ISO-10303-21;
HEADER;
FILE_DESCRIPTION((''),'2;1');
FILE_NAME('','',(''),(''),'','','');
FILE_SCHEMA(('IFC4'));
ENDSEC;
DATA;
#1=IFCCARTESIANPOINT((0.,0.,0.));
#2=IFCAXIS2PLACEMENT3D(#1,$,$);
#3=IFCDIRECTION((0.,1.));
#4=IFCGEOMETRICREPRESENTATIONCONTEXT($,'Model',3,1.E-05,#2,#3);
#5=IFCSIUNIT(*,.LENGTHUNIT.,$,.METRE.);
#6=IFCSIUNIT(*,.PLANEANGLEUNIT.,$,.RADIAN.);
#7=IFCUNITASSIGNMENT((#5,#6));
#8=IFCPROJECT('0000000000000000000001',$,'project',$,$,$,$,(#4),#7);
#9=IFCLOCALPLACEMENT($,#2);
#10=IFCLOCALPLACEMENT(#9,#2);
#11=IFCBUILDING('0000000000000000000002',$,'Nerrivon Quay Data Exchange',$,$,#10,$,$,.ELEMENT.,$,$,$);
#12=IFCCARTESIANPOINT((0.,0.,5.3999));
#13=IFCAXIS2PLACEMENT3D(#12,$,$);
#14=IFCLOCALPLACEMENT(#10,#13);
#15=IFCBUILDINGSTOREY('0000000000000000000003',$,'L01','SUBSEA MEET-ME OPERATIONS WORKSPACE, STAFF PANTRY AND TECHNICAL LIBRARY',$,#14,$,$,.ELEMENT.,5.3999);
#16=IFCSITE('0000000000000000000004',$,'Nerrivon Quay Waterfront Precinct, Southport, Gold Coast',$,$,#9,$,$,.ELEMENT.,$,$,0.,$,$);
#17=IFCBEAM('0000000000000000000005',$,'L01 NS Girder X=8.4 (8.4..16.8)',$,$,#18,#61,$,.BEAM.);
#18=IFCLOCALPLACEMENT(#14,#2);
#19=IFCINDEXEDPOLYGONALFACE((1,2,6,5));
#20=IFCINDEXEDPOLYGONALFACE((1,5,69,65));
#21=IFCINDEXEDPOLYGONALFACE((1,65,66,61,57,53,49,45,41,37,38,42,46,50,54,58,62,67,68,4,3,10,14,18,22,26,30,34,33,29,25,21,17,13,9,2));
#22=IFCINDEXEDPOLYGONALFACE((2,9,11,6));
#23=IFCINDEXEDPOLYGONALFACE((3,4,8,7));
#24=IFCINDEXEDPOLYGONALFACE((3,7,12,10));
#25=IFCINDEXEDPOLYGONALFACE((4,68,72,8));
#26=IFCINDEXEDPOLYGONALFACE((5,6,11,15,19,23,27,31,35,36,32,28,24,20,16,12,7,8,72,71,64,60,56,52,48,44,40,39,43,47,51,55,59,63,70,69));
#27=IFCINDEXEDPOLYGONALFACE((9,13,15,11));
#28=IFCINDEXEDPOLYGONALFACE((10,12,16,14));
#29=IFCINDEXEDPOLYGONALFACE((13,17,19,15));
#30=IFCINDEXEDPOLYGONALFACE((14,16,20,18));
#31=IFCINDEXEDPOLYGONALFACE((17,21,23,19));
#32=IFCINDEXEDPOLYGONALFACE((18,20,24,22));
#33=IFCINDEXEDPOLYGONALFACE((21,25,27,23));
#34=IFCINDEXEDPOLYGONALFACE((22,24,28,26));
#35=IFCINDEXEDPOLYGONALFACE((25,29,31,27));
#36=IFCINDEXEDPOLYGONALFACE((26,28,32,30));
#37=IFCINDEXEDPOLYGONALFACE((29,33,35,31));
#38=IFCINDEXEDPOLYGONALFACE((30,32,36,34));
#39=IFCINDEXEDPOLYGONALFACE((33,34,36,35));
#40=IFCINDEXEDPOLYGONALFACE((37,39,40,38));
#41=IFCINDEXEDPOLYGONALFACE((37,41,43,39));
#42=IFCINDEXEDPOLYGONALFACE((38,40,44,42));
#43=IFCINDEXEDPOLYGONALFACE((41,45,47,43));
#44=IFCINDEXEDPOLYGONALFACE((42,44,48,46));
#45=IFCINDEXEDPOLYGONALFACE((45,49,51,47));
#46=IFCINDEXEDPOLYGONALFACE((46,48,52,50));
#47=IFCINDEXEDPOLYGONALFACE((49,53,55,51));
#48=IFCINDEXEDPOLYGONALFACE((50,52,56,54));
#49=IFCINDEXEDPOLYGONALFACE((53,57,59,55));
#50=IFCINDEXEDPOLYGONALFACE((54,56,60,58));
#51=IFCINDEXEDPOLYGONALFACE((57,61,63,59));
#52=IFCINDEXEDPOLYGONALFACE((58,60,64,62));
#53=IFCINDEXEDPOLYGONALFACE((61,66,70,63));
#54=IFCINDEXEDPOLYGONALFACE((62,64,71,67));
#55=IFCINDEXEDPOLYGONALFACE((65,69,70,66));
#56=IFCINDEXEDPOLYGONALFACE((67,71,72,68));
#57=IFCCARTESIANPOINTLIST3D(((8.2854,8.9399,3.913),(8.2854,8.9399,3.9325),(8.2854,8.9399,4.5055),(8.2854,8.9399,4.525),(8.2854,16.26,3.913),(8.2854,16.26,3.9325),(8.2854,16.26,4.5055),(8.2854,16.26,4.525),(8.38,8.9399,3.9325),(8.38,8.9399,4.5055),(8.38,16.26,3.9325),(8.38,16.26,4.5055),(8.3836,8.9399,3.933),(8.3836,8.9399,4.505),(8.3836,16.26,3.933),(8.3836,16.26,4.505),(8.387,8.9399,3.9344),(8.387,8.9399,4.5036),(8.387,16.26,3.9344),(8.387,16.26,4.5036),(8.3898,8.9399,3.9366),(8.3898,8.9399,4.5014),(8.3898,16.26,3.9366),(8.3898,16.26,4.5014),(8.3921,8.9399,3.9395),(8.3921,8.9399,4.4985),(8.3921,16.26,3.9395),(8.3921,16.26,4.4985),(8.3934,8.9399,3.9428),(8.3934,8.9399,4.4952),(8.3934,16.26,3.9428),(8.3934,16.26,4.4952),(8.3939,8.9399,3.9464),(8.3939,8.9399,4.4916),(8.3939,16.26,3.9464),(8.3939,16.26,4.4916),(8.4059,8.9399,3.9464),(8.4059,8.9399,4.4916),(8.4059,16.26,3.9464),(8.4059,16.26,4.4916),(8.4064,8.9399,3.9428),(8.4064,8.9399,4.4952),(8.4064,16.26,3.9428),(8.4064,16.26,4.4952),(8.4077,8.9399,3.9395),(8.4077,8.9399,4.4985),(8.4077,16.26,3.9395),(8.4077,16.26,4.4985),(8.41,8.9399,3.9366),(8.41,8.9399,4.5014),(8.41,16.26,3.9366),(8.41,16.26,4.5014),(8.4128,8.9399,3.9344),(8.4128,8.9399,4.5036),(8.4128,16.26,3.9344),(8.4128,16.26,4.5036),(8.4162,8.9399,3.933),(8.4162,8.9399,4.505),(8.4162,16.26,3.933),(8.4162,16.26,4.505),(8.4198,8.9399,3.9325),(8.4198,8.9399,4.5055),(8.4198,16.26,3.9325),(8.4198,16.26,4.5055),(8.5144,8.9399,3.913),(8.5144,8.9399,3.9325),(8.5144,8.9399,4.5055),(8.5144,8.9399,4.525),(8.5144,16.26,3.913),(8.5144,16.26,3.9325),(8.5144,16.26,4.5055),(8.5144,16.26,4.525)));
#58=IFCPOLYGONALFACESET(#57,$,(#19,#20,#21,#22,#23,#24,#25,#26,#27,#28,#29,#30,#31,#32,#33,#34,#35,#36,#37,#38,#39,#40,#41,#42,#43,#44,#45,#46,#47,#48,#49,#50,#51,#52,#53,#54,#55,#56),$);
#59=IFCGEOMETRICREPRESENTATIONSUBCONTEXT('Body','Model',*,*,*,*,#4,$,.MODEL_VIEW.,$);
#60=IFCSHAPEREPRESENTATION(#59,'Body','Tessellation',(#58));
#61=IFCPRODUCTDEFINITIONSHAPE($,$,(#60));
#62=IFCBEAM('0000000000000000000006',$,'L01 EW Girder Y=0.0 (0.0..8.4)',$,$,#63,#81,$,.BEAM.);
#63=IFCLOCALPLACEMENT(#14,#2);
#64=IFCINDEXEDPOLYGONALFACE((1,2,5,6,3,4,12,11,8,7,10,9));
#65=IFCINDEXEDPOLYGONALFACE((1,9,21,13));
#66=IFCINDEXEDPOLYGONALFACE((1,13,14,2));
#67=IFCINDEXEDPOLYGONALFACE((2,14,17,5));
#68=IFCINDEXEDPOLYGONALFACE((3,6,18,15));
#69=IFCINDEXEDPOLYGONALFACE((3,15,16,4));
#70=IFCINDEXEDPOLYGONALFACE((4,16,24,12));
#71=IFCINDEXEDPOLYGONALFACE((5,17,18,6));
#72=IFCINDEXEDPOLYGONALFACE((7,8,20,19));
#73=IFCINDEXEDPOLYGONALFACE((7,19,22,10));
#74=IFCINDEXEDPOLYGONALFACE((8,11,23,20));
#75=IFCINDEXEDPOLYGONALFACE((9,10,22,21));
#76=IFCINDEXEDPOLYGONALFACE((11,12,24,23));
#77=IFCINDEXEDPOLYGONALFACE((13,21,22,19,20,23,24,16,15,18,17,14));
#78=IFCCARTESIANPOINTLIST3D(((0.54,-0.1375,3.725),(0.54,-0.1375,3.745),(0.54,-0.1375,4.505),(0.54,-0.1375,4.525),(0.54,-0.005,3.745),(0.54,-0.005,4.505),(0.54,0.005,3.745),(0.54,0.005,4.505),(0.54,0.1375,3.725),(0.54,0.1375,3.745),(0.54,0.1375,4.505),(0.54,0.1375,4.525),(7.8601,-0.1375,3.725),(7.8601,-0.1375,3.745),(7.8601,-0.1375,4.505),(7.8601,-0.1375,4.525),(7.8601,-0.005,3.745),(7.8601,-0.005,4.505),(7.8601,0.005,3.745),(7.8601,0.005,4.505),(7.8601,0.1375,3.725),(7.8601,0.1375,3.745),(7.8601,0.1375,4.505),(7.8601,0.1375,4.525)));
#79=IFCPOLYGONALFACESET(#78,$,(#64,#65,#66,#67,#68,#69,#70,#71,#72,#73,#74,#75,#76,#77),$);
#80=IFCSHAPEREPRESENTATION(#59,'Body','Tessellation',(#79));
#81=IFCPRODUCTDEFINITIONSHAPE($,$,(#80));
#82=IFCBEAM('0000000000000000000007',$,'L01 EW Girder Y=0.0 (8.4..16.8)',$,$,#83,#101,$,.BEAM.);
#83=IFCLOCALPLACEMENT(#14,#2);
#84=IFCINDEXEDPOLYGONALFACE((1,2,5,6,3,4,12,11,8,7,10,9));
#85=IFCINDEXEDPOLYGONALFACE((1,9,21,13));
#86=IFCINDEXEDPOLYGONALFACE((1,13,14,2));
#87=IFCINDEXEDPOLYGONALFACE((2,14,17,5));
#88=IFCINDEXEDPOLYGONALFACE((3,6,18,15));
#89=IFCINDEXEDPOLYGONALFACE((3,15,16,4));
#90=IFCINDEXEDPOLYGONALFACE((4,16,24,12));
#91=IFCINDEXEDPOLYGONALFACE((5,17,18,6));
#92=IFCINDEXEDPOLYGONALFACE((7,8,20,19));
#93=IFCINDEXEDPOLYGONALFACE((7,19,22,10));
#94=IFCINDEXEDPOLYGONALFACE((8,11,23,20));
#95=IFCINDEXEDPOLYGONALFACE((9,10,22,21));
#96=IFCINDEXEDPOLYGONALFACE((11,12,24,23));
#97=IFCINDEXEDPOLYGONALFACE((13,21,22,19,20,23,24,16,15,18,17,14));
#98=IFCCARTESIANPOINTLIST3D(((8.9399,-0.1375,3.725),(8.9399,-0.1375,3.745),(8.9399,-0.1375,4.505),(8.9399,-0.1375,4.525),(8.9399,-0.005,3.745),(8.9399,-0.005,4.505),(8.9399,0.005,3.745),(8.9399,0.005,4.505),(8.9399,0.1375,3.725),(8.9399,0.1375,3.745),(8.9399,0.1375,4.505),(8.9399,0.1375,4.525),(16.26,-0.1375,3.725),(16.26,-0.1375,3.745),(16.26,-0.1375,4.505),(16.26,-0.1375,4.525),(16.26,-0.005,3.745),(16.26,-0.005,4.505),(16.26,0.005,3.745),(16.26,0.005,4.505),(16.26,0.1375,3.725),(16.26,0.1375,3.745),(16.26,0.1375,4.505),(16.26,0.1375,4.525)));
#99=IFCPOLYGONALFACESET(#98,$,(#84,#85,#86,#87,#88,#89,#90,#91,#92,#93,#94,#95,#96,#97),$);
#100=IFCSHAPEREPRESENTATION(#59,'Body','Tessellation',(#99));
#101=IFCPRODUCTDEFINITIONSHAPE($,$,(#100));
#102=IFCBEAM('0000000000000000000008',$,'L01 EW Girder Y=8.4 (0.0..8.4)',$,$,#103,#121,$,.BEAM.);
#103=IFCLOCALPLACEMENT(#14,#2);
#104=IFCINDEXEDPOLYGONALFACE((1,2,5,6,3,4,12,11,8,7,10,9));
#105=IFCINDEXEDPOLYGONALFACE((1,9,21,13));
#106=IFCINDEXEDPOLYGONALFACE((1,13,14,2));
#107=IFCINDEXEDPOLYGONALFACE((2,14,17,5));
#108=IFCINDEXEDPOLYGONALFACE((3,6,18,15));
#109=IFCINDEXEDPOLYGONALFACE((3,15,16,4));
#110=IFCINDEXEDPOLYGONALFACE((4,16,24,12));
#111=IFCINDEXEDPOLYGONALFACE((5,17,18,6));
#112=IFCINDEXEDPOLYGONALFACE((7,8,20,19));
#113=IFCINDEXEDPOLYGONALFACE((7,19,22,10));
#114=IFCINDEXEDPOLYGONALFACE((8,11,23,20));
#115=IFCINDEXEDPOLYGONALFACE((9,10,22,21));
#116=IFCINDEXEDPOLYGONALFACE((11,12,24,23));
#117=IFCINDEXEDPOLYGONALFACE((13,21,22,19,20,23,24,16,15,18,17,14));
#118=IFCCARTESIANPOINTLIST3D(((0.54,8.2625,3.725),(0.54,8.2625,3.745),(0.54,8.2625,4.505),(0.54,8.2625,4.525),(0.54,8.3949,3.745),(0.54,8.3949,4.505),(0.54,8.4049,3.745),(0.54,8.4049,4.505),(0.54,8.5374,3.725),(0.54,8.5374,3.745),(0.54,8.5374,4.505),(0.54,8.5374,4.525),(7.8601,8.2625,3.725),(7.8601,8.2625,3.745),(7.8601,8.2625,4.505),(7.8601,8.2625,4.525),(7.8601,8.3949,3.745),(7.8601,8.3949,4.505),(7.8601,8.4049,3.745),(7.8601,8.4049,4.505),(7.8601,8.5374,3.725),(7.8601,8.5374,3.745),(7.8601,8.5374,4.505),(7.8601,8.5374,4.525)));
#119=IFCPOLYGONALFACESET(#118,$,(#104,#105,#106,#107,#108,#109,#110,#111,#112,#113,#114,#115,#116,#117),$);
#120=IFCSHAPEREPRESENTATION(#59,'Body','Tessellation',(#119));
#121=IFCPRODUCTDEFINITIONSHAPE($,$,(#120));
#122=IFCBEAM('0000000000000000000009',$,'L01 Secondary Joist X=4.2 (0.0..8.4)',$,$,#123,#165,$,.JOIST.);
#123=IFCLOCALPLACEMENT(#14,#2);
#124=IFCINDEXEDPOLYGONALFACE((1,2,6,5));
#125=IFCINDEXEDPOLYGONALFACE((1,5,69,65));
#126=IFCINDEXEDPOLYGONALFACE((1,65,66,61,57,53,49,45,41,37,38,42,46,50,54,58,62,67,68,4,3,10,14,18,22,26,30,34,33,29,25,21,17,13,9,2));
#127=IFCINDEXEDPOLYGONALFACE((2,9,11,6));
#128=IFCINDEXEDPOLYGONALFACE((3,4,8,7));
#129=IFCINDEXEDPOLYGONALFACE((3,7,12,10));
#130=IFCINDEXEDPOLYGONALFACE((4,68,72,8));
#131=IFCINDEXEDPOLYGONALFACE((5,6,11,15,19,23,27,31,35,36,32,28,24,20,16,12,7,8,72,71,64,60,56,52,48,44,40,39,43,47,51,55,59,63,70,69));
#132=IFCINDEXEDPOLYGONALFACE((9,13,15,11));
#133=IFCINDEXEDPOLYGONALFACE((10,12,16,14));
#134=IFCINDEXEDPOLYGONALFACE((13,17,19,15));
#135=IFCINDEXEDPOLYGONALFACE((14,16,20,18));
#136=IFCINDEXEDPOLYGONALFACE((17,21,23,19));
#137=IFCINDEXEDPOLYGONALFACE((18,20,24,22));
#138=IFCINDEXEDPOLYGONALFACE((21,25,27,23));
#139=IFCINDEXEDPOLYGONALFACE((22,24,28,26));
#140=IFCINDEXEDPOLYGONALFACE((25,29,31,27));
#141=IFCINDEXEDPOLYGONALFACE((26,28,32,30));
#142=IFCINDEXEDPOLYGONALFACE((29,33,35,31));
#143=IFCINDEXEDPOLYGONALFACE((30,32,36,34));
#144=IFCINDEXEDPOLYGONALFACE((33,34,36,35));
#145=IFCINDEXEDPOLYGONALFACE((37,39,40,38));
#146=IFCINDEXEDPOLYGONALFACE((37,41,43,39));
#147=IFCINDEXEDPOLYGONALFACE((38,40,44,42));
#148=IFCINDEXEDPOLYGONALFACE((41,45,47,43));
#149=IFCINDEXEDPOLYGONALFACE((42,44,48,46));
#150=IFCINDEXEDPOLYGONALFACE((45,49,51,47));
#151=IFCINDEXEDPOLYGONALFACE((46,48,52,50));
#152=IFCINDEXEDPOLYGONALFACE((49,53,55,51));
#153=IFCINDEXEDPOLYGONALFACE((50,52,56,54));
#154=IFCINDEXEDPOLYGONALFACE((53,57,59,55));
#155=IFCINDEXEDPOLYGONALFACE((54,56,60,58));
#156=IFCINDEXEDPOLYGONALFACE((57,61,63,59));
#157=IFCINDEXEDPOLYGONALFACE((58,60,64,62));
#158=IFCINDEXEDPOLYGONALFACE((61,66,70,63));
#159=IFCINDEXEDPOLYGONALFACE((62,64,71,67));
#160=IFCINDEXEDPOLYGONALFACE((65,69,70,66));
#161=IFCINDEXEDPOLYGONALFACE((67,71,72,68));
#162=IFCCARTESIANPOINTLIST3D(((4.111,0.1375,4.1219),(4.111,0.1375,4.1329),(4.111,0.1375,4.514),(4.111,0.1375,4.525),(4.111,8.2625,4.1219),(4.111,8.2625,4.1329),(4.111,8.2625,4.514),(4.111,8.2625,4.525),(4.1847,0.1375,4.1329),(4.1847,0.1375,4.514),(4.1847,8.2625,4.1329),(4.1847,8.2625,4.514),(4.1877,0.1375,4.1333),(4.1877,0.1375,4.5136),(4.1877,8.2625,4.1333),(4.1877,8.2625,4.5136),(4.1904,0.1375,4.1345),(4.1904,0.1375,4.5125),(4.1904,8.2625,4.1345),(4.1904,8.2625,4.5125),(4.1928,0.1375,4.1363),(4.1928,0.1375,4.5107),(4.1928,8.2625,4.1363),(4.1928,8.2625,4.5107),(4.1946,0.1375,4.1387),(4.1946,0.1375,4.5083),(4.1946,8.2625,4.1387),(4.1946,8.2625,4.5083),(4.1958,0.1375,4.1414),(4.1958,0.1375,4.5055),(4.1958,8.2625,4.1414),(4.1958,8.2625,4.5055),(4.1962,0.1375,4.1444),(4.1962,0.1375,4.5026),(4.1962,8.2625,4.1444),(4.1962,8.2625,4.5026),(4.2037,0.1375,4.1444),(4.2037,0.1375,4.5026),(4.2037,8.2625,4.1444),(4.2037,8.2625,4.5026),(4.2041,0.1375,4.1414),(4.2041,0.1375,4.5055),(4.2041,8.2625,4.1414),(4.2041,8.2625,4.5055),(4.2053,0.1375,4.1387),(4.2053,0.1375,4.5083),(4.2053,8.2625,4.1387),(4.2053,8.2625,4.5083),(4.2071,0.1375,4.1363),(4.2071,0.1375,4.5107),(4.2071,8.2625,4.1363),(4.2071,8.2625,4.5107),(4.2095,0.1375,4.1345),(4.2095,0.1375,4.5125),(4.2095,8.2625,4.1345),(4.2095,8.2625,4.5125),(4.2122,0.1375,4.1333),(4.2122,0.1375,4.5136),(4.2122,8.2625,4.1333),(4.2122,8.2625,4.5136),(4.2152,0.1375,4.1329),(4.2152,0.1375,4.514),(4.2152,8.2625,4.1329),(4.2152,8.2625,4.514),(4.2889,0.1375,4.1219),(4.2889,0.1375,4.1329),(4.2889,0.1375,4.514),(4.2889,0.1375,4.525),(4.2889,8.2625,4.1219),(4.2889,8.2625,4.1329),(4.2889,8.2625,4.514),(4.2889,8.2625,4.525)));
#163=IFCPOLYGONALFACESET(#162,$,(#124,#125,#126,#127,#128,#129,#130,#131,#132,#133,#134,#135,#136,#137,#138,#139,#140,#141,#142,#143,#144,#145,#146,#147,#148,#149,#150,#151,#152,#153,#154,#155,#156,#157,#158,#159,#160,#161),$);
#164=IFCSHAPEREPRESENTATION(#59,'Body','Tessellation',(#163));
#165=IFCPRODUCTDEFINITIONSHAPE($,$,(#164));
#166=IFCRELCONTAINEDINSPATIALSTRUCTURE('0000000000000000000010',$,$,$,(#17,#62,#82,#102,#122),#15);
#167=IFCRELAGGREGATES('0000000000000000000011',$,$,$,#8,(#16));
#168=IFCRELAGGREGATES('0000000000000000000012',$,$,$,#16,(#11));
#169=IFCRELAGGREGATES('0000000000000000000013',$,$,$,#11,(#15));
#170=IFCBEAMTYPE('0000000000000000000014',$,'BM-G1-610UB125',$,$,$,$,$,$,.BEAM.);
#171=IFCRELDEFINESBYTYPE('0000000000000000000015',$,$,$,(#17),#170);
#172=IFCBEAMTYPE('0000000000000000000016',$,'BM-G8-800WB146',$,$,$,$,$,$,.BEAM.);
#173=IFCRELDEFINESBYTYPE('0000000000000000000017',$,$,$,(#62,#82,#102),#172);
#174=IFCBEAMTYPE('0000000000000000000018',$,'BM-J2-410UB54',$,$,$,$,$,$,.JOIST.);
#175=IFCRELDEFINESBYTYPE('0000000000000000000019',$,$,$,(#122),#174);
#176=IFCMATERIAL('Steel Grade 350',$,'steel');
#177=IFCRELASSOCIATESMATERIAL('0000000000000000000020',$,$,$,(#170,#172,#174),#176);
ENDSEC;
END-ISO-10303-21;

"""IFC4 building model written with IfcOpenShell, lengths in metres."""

from ifc_helpers import new_model, si_unit, direction, frame, origin, origin_2d, place, context, subcontext, project, spatial, i_section, extrude, material, material_profile, profile_set, type_object, element, save


model = new_model("IFC4")

# Units and contexts
model_context = context("Model", 3, precision=1e-05, world=origin(), true_north=direction((0.0, 1.0)))
body_context = subcontext(model_context, "Body", "Model", "MODEL_VIEW")
ifc_project = project(units=[si_unit("LENGTHUNIT", "METRE"), si_unit("PLANEANGLEUNIT", "RADIAN")], contexts=[model_context])

# Site, building, storey
site_placement = place(None, origin())
site = spatial("IfcSite", under=ifc_project, at=site_placement, Name="Nerrivon Quay Waterfront Precinct, Southport, Gold Coast", CompositionType="ELEMENT", RefElevation=0.0)
building_placement = place(site_placement, origin())
building = spatial("IfcBuilding", under=site, at=building_placement, Name="Nerrivon Quay Data Exchange", CompositionType="ELEMENT")
storey_placement = place(building_placement, frame((0.0, 0.0, 5.3999)))
storey = spatial("IfcBuildingStorey", under=building, at=storey_placement, Name="L01", Description="SUBSEA MEET-ME OPERATIONS WORKSPACE, STAFF PANTRY AND TECHNICAL LIBRARY", CompositionType="ELEMENT", Elevation=5.3999)

# Beams
ifc_material_1 = material(Name="Steel Grade 350", Category="steel")
ifc_material_profile_1 = material_profile(ifc_material_1, i_section(OverallWidth=0.229, OverallDepth=0.6121, WebThickness=0.012, FlangeThickness=0.0195, FilletRadius=0.0139, at=origin_2d()), Name="610UB125")
ifc_profile_set_1 = profile_set([ifc_material_profile_1], Name="Steel Grade 350")
beam_type_1 = type_object("IfcBeamType", Name="BM-G1-610UB125", PredefinedType="BEAM", material=ifc_profile_set_1)
for number, where, z_axis, x_axis, name in (
    (1, (8.3999, 8.9399, 4.219), (0.0, 1.0, 0.0), (-1.0, 0.0, 0.0), "L01 NS Girder X=8.4 (8.4..16.8)"),
):
    element("IfcBeam", number, at=place(storey_placement, frame(where, z_axis=z_axis, x_axis=x_axis)), inside=storey, type_object=beam_type_1, Name=name, PredefinedType="BEAM", context=body_context, shape_type="SweptSolid", body=[
        extrude(i_section(OverallWidth=0.229, OverallDepth=0.6121, WebThickness=0.012, FlangeThickness=0.0195, FilletRadius=0.0139, at=origin_2d()), origin(), (0.0, 0.0, 1.0), 7.3201),
    ])
ifc_material_profile_2 = material_profile(ifc_material_1, i_section(OverallWidth=0.2749, OverallDepth=0.8, WebThickness=0.01, FlangeThickness=0.02, at=origin_2d()), Name="800WB146")
ifc_profile_set_2 = profile_set([ifc_material_profile_2], Name="Steel Grade 350")
beam_type_2 = type_object("IfcBeamType", Name="BM-G8-800WB146", PredefinedType="BEAM", material=ifc_profile_set_2)
for number, where, z_axis, x_axis, name in (
    (2, (0.54, 0.0, 4.125), (1.0, 0.0, 0.0), (0.0, 1.0, 0.0), "L01 EW Girder Y=0.0 (0.0..8.4)"),
    (3, (8.9399, 0.0, 4.125), (1.0, 0.0, 0.0), (0.0, 1.0, 0.0), "L01 EW Girder Y=0.0 (8.4..16.8)"),
    (4, (0.54, 8.3999, 4.125), (1.0, 0.0, 0.0), (0.0, 1.0, 0.0), "L01 EW Girder Y=8.4 (0.0..8.4)"),
):
    element("IfcBeam", number, at=place(storey_placement, frame(where, z_axis=z_axis, x_axis=x_axis)), inside=storey, type_object=beam_type_2, Name=name, PredefinedType="BEAM", context=body_context, shape_type="SweptSolid", body=[
        extrude(i_section(OverallWidth=0.2749, OverallDepth=0.8, WebThickness=0.01, FlangeThickness=0.02, at=origin_2d()), origin(), (0.0, 0.0, 1.0), 7.3201),
    ])
ifc_material_profile_3 = material_profile(ifc_material_1, i_section(OverallWidth=0.178, OverallDepth=0.4031, WebThickness=0.0076, FlangeThickness=0.011, FilletRadius=0.0115, at=origin_2d()), Name="410UB53.7")
ifc_profile_set_3 = profile_set([ifc_material_profile_3], Name="Steel Grade 350")
beam_type_3 = type_object("IfcBeamType", Name="BM-J2-410UB54", PredefinedType="JOIST", material=ifc_profile_set_3)
for number, where, z_axis, x_axis, name in (
    (5, (4.2, 0.1375, 4.3235), (0.0, 1.0, 0.0), (-1.0, 0.0, 0.0), "L01 Secondary Joist X=4.2 (0.0..8.4)"),
):
    element("IfcBeam", number, at=place(storey_placement, frame(where, z_axis=z_axis, x_axis=x_axis)), inside=storey, type_object=beam_type_3, Name=name, PredefinedType="JOIST", context=body_context, shape_type="SweptSolid", body=[
        extrude(i_section(OverallWidth=0.178, OverallDepth=0.4031, WebThickness=0.0076, FlangeThickness=0.011, FilletRadius=0.0115, at=origin_2d()), origin(), (0.0, 0.0, 1.0), 8.125),
    ])

save(model, "model.ifc")
